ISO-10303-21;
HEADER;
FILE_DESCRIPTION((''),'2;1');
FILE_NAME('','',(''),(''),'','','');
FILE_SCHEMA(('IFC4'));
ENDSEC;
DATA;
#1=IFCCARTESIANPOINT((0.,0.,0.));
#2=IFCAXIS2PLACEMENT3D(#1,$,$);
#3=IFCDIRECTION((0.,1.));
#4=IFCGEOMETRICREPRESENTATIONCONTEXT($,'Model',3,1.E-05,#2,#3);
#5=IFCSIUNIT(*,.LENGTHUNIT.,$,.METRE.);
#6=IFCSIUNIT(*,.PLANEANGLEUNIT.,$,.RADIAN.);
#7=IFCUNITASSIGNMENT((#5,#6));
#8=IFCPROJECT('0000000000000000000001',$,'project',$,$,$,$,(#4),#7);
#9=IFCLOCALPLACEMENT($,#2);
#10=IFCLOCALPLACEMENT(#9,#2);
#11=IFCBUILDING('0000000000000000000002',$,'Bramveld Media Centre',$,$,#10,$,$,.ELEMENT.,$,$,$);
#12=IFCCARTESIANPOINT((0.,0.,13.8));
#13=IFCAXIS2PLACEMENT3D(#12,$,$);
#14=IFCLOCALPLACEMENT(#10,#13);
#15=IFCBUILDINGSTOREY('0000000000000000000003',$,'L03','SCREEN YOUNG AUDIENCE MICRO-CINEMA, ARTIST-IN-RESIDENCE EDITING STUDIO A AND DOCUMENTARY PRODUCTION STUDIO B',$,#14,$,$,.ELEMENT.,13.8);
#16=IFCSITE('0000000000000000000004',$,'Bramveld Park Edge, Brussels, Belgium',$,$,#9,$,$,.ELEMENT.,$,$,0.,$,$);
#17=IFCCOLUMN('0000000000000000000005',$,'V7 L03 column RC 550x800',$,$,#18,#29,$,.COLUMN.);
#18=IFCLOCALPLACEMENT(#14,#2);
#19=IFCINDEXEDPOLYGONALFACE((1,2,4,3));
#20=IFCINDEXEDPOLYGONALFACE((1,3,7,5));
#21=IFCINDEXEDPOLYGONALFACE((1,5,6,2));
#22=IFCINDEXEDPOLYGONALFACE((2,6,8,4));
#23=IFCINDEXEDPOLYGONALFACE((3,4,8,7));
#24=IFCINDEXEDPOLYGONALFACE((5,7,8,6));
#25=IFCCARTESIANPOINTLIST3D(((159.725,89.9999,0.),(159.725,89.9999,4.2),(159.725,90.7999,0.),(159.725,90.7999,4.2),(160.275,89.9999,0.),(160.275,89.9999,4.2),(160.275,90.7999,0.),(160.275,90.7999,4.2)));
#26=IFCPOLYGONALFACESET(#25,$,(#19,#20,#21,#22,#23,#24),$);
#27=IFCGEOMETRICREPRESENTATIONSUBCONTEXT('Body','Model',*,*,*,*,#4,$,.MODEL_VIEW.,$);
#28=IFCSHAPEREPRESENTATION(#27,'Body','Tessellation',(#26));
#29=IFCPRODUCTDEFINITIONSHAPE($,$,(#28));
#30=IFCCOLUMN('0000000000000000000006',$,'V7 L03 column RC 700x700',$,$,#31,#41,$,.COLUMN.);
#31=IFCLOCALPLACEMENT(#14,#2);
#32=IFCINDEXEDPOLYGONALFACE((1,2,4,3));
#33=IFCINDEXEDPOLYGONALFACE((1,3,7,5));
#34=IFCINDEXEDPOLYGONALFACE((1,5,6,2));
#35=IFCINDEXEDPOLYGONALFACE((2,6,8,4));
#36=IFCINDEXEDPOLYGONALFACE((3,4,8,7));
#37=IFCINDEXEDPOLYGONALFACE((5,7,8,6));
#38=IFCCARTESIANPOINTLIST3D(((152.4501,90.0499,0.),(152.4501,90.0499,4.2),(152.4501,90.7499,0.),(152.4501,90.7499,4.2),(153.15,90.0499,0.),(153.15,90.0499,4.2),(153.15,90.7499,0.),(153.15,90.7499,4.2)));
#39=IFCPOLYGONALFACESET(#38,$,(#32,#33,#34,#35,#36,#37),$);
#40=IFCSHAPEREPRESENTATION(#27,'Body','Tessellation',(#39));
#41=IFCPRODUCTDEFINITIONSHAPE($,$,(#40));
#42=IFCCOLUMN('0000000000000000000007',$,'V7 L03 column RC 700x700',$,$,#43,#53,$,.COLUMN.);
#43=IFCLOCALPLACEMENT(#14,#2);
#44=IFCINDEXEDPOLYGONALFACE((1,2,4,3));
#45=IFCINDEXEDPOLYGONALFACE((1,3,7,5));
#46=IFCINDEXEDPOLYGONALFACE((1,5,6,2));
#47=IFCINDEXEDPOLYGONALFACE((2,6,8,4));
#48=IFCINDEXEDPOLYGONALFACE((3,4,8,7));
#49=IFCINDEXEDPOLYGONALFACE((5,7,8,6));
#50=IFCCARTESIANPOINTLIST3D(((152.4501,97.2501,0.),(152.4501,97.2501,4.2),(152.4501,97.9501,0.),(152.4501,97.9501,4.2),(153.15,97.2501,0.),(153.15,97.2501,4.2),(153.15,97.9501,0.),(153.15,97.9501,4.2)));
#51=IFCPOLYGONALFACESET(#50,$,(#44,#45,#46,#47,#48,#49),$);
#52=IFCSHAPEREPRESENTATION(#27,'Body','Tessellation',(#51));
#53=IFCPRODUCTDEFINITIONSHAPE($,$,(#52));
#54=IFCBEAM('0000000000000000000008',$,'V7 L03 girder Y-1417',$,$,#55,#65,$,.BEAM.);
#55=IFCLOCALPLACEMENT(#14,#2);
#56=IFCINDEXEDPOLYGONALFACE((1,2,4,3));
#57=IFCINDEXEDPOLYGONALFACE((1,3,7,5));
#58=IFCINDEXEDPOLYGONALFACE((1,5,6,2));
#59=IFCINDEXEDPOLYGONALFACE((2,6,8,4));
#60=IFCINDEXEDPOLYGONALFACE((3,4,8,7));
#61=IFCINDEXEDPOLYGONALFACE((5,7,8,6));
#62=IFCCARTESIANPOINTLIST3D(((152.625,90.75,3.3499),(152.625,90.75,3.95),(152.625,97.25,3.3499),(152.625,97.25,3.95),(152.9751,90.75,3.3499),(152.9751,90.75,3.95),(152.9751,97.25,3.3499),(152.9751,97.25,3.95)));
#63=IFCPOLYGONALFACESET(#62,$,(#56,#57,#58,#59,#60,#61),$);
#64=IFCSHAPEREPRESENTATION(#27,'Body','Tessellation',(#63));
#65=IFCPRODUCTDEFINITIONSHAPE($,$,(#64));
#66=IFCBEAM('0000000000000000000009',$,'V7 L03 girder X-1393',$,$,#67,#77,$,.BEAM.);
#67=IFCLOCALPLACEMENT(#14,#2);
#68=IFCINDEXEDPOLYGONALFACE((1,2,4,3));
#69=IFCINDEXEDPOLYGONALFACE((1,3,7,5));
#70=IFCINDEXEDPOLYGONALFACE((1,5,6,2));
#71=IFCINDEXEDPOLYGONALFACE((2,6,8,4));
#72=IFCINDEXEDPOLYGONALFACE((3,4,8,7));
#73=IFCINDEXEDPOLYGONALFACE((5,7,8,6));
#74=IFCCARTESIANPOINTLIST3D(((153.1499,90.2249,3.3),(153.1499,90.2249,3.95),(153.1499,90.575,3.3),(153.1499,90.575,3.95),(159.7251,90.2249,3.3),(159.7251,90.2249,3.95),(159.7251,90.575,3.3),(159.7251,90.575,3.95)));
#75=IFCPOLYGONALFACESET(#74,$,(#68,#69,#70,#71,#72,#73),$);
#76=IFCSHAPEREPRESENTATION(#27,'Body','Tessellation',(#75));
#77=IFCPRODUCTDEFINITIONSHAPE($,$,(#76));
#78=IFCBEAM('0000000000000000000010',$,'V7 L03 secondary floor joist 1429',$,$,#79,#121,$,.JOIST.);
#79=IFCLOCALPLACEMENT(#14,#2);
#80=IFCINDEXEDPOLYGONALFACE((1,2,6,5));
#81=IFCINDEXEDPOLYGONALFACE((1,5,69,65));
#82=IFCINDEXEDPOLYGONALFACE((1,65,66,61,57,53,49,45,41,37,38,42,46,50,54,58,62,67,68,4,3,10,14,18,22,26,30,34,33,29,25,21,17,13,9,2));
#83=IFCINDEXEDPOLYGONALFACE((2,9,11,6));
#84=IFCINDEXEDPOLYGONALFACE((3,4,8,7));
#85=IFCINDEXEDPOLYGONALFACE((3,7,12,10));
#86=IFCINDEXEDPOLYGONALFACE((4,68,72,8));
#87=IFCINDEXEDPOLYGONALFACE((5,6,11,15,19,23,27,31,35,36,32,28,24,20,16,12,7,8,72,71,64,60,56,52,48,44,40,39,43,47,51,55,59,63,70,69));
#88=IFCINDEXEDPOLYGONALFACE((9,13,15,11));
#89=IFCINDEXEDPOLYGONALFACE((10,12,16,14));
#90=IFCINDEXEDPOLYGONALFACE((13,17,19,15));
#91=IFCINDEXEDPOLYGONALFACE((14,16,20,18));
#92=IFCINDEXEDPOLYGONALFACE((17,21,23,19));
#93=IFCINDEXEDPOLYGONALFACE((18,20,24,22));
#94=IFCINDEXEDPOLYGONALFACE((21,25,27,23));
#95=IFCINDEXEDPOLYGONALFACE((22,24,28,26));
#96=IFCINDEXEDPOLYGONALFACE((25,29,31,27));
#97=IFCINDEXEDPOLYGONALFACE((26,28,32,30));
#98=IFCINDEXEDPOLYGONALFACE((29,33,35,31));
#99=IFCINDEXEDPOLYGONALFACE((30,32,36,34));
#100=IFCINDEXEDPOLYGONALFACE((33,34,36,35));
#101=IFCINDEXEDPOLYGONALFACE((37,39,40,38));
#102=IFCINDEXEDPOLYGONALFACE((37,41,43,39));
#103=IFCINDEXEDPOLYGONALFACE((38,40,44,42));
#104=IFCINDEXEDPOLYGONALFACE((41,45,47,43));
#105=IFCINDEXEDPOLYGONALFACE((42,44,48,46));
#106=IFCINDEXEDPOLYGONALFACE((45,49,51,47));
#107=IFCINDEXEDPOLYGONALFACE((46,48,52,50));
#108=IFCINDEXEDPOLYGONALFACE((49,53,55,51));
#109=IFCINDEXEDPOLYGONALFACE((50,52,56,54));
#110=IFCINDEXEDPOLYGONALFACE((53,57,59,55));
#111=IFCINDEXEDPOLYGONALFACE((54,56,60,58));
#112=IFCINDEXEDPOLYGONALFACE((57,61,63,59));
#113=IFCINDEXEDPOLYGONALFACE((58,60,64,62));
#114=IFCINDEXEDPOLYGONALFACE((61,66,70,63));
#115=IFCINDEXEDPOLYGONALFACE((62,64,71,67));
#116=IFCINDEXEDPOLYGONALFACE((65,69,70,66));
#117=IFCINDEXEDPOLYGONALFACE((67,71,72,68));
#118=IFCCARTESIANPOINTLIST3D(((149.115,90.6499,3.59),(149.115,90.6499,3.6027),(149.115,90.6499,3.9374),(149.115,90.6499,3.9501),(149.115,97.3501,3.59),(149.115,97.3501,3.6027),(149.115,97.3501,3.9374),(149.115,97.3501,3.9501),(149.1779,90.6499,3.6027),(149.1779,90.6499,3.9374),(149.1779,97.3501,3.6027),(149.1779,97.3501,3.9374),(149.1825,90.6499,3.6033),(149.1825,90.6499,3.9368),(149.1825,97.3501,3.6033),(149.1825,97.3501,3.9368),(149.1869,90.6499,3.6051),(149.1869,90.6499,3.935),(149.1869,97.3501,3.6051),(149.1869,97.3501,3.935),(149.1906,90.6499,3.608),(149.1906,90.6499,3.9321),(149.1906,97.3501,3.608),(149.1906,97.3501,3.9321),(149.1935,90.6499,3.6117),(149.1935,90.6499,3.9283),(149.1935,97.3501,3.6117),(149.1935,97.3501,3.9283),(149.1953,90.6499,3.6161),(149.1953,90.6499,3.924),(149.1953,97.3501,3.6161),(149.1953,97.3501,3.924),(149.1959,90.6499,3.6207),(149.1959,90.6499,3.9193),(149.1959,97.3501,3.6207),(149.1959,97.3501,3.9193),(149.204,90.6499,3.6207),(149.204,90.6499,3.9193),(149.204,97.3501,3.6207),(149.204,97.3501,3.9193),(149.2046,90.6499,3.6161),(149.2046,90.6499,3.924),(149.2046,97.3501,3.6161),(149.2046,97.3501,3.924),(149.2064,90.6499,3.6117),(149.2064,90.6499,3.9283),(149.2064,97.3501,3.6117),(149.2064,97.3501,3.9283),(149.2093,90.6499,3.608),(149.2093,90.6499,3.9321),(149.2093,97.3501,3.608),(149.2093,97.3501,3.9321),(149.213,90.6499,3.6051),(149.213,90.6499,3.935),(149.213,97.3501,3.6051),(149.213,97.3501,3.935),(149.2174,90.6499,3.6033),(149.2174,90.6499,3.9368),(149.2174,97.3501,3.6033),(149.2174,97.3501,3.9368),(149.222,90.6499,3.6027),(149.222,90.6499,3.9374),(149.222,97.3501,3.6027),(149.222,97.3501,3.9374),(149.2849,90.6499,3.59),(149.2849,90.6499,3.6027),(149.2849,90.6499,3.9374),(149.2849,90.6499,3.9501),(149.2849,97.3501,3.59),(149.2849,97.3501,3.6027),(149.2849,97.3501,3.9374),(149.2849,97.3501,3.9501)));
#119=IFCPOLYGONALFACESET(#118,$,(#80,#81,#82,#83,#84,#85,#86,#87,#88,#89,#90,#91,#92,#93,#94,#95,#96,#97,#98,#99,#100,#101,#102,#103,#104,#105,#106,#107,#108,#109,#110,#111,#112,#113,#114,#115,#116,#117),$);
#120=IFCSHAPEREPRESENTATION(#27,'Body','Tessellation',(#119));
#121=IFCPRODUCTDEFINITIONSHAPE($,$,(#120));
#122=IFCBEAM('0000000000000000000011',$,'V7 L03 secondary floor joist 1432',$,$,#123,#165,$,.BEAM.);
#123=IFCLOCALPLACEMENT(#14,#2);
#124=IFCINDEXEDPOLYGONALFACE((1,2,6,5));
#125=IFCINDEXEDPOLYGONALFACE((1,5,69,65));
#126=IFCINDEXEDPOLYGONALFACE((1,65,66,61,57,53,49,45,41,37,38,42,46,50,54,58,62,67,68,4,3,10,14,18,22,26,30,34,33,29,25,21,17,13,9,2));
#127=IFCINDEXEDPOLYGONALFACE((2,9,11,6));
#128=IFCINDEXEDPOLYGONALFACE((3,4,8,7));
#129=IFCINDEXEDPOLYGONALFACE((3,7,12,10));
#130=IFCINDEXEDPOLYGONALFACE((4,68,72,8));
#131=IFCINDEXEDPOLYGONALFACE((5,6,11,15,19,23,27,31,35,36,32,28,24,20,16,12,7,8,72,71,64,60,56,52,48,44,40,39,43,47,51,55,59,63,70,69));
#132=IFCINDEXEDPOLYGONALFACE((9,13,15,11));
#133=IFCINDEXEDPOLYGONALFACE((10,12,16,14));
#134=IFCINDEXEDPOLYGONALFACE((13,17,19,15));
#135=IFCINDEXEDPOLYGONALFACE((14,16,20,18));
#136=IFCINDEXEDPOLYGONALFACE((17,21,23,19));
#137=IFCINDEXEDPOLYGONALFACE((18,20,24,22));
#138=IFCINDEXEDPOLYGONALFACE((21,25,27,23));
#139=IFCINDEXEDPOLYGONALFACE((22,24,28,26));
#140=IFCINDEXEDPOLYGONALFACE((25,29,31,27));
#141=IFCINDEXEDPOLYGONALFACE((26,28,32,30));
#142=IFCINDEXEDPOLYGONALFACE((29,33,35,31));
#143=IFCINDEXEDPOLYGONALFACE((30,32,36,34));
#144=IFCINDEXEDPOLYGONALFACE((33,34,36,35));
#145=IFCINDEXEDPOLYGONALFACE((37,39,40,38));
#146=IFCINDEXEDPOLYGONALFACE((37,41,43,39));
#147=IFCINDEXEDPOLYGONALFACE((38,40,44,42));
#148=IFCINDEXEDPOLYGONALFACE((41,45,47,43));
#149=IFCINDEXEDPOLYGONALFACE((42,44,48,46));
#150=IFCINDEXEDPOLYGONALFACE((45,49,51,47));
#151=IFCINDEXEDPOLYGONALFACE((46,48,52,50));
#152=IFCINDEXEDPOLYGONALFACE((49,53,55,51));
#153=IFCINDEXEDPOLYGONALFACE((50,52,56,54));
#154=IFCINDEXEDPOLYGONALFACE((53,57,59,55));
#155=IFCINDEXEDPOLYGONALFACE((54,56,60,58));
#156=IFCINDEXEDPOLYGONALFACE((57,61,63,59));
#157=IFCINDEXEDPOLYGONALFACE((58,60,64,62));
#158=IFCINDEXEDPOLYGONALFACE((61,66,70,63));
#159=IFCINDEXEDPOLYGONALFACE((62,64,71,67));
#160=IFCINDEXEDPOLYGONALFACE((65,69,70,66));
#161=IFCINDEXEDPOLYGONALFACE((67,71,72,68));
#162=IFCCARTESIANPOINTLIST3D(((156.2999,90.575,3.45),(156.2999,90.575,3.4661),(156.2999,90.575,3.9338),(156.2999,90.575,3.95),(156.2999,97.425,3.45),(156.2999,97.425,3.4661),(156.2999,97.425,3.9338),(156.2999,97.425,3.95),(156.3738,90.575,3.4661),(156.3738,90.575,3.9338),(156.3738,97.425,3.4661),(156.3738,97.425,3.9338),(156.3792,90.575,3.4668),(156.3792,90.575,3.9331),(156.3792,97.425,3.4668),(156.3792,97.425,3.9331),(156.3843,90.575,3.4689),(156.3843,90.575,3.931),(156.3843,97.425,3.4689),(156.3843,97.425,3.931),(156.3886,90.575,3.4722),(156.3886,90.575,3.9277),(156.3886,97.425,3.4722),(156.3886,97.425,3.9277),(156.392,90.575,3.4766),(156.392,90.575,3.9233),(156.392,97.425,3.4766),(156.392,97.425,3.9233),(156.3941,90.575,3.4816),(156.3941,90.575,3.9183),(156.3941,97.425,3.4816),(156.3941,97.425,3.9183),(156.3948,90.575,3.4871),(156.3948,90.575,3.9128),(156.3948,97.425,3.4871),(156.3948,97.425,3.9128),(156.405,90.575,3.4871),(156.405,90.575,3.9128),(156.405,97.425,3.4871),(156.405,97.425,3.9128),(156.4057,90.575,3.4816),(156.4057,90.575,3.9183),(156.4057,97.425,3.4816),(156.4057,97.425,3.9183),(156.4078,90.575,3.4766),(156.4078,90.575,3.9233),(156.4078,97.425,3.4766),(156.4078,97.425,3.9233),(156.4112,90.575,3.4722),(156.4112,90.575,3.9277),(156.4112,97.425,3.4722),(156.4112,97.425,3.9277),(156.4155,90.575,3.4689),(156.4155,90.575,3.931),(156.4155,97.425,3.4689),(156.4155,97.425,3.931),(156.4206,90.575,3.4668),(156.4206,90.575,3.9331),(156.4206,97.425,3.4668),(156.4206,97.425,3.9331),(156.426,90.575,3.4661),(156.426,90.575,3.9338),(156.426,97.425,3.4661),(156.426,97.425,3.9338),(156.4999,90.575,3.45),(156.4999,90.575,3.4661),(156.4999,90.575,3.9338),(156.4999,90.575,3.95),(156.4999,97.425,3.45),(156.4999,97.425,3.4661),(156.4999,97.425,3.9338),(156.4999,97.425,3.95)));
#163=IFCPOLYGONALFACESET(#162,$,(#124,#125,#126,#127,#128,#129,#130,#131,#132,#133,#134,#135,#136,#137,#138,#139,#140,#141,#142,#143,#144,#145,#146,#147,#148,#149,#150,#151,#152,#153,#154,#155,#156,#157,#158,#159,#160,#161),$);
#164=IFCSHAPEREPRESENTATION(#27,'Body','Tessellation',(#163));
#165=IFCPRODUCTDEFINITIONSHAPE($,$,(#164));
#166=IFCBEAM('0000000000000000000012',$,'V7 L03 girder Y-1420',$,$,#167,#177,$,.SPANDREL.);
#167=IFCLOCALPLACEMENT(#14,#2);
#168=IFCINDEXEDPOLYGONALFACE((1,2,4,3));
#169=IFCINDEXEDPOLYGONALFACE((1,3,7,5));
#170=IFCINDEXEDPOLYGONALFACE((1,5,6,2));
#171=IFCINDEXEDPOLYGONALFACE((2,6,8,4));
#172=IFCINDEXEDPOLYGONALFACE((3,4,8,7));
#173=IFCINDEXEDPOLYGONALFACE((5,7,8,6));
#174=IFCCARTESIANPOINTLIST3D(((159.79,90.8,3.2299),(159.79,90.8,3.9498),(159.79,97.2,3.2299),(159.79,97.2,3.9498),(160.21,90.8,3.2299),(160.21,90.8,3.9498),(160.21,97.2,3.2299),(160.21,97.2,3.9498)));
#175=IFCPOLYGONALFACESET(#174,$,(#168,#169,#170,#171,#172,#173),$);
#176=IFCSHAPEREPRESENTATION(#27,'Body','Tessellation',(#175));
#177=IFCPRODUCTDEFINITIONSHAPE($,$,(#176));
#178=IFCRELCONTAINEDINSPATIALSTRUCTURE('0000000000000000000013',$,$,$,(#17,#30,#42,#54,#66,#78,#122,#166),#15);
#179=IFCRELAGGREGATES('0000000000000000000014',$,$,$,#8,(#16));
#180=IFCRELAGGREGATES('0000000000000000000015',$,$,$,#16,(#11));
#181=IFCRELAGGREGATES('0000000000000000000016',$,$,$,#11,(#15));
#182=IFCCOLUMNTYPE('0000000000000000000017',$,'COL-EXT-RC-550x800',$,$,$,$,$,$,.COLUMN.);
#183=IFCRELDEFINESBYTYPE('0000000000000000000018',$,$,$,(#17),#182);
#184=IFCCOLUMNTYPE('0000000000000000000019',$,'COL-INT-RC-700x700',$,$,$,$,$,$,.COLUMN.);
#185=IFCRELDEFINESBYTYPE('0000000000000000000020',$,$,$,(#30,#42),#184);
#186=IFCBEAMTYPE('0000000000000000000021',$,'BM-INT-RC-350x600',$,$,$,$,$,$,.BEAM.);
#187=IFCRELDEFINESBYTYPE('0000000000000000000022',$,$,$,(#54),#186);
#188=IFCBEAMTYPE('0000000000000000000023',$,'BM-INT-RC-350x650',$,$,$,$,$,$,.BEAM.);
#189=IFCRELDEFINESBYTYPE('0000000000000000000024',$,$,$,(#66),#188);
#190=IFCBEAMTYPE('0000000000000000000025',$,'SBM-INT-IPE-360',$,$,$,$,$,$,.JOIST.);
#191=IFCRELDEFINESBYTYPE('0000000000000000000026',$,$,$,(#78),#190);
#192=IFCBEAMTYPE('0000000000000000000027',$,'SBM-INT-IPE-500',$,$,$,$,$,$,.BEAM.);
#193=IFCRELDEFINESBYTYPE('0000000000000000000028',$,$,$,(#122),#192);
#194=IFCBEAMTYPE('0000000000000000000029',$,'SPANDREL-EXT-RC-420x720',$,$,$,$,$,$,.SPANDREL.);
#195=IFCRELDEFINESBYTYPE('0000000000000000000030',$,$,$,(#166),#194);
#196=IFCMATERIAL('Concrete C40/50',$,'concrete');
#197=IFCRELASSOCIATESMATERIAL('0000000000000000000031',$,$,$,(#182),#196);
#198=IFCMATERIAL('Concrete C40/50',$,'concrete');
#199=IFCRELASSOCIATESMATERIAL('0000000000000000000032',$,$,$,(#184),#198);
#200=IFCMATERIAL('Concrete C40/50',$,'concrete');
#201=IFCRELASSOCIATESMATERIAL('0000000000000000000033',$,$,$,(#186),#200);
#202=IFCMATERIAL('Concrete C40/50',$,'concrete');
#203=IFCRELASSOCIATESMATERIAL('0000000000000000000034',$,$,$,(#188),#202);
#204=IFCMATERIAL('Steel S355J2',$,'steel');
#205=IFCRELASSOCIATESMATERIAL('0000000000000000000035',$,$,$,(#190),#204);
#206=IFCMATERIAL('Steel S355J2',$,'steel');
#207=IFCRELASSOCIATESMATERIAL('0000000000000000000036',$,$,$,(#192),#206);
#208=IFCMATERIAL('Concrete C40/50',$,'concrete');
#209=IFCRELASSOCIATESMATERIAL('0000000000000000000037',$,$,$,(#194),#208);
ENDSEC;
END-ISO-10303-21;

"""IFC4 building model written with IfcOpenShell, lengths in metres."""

from ifc_helpers import new_model, si_unit, direction, frame, origin, origin_2d, place, context, subcontext, project, spatial, rectangle, i_section, extrude, material, material_profile, profile_set, type_object, element, save


model = new_model("IFC4")

# Units and contexts
model_context = context("Model", 3, precision=1e-05, world=origin(), true_north=direction((0.0, 1.0)))
body_context = subcontext(model_context, "Body", "Model", "MODEL_VIEW")
ifc_project = project(units=[si_unit("LENGTHUNIT", "METRE"), si_unit("PLANEANGLEUNIT", "RADIAN")], contexts=[model_context])

# Site, building, storey
site_placement = place(None, origin())
site = spatial("IfcSite", under=ifc_project, at=site_placement, Name="Bramveld Park Edge, Brussels, Belgium", CompositionType="ELEMENT", RefElevation=0.0)
building_placement = place(site_placement, origin())
building = spatial("IfcBuilding", under=site, at=building_placement, Name="Bramveld Media Centre", CompositionType="ELEMENT")
storey_placement = place(building_placement, frame((0.0, 0.0, 13.8)))
storey = spatial("IfcBuildingStorey", under=building, at=storey_placement, Name="L03", Description="SCREEN YOUNG AUDIENCE MICRO-CINEMA, ARTIST-IN-RESIDENCE EDITING STUDIO A AND DOCUMENTARY PRODUCTION STUDIO B", CompositionType="ELEMENT", Elevation=13.8)

# Columns
ifc_material_1 = material(Name="Concrete C40/50", Category="concrete")
ifc_material_profile_1 = material_profile(ifc_material_1, rectangle(XDim=0.55, YDim=0.8, at=origin_2d()), Name="RC 550x800")
ifc_profile_set_1 = profile_set([ifc_material_profile_1], Name="Concrete C40/50")
column_type_1 = type_object("IfcColumnType", Name="COL-EXT-RC-550x800", PredefinedType="COLUMN", material=ifc_profile_set_1)
column_placement = place(storey_placement, frame((160.0, 90.3999, 0.0), z_axis=(0.0, 0.0, 1.0), x_axis=(1.0, 0.0, 0.0)))
element("IfcColumn", 1, at=column_placement, inside=storey, type_object=column_type_1, Name="V7 L03 column RC 550x800", PredefinedType="COLUMN", context=body_context, shape_type="SweptSolid", body=[
    extrude(rectangle(XDim=0.55, YDim=0.8, at=origin_2d()), origin(), (0.0, 0.0, 1.0), 4.2),
])
ifc_material_2 = material(Name="Concrete C40/50", Category="concrete")
ifc_material_profile_2 = material_profile(ifc_material_2, rectangle(XDim=0.7, YDim=0.7, at=origin_2d()), Name="RC 700x700")
ifc_profile_set_2 = profile_set([ifc_material_profile_2], Name="Concrete C40/50")
column_type_2 = type_object("IfcColumnType", Name="COL-INT-RC-700x700", PredefinedType="COLUMN", material=ifc_profile_set_2)
for number, where, z_axis, x_axis, name in (
    (2, (152.8, 90.3999, 0.0), (0.0, 0.0, 1.0), (1.0, 0.0, 0.0), "V7 L03 column RC 700x700"),
    (3, (152.8, 97.6001, 0.0), (0.0, 0.0, 1.0), (1.0, 0.0, 0.0), "V7 L03 column RC 700x700"),
):
    element("IfcColumn", number, at=place(storey_placement, frame(where, z_axis=z_axis, x_axis=x_axis)), inside=storey, type_object=column_type_2, Name=name, PredefinedType="COLUMN", context=body_context, shape_type="SweptSolid", body=[
        extrude(rectangle(XDim=0.7, YDim=0.7, at=origin_2d()), origin(), (0.0, 0.0, 1.0), 4.2),
    ])

# Beams
ifc_material_3 = material(Name="Concrete C40/50", Category="concrete")
ifc_material_profile_3 = material_profile(ifc_material_3, rectangle(XDim=0.3501, YDim=0.6001, at=origin_2d()), Name="RC 350x600")
ifc_profile_set_3 = profile_set([ifc_material_profile_3], Name="Concrete C40/50")
beam_type_1 = type_object("IfcBeamType", Name="BM-INT-RC-350x600", PredefinedType="BEAM", material=ifc_profile_set_3)
beam_1_placement = place(storey_placement, frame((152.8, 90.75, 3.6499), z_axis=(0.0, 1.0, 0.0), x_axis=(-1.0, 0.0, 0.0)))
element("IfcBeam", 4, at=beam_1_placement, inside=storey, type_object=beam_type_1, Name="V7 L03 girder Y-1417", PredefinedType="BEAM", context=body_context, shape_type="SweptSolid", body=[
    extrude(rectangle(XDim=0.3501, YDim=0.6001, at=origin_2d()), origin(), (0.0, 0.0, 1.0), 6.5),
])
ifc_material_4 = material(Name="Concrete C40/50", Category="concrete")
ifc_material_profile_4 = material_profile(ifc_material_4, rectangle(XDim=0.3501, YDim=0.6499, at=origin_2d()), Name="RC 350x650")
ifc_profile_set_4 = profile_set([ifc_material_profile_4], Name="Concrete C40/50")
beam_type_2 = type_object("IfcBeamType", Name="BM-INT-RC-350x650", PredefinedType="BEAM", material=ifc_profile_set_4)
beam_2_placement = place(storey_placement, frame((153.1499, 90.3999, 3.625), z_axis=(1.0, 0.0, 0.0), x_axis=(0.0, 1.0, 0.0)))
element("IfcBeam", 5, at=beam_2_placement, inside=storey, type_object=beam_type_2, Name="V7 L03 girder X-1393", PredefinedType="BEAM", context=body_context, shape_type="SweptSolid", body=[
    extrude(rectangle(XDim=0.3501, YDim=0.6499, at=origin_2d()), origin(), (0.0, 0.0, 1.0), 6.5752),
])
ifc_material_5 = material(Name="Steel S355J2", Category="steel")
ifc_material_profile_5 = material_profile(ifc_material_5, i_section(OverallWidth=0.1699, OverallDepth=0.3601, WebThickness=0.0081, FlangeThickness=0.0127, FilletRadius=0.0181, at=origin_2d()), Name="IPE 360")
ifc_profile_set_5 = profile_set([ifc_material_profile_5], Name="Steel S355J2")
beam_type_3 = type_object("IfcBeamType", Name="SBM-INT-IPE-360", PredefinedType="JOIST", material=ifc_profile_set_5)
beam_3_placement = place(storey_placement, frame((149.2, 90.6499, 3.77), z_axis=(0.0, 1.0, 0.0), x_axis=(-1.0, 0.0, 0.0)))
element("IfcBeam", 6, at=beam_3_placement, inside=storey, type_object=beam_type_3, Name="V7 L03 secondary floor joist 1429", PredefinedType="JOIST", context=body_context, shape_type="SweptSolid", body=[
    extrude(i_section(OverallWidth=0.1699, OverallDepth=0.3601, WebThickness=0.0081, FlangeThickness=0.0127, FilletRadius=0.0181, at=origin_2d()), origin(), (0.0, 0.0, 1.0), 6.7002),
])
ifc_material_6 = material(Name="Steel S355J2", Category="steel")
ifc_material_profile_6 = material_profile(ifc_material_6, i_section(OverallWidth=0.2, OverallDepth=0.5, WebThickness=0.0103, FlangeThickness=0.0161, FilletRadius=0.021, at=origin_2d()), Name="IPE 500")
ifc_profile_set_6 = profile_set([ifc_material_profile_6], Name="Steel S355J2")
beam_type_4 = type_object("IfcBeamType", Name="SBM-INT-IPE-500", PredefinedType="BEAM", material=ifc_profile_set_6)
beam_4_placement = place(storey_placement, frame((156.3999, 90.575, 3.7), z_axis=(0.0, 1.0, 0.0), x_axis=(-1.0, 0.0, 0.0)))
element("IfcBeam", 7, at=beam_4_placement, inside=storey, type_object=beam_type_4, Name="V7 L03 secondary floor joist 1432", PredefinedType="BEAM", context=body_context, shape_type="SweptSolid", body=[
    extrude(i_section(OverallWidth=0.2, OverallDepth=0.5, WebThickness=0.0103, FlangeThickness=0.0161, FilletRadius=0.021, at=origin_2d()), origin(), (0.0, 0.0, 1.0), 6.8501),
])
ifc_material_7 = material(Name="Concrete C40/50", Category="concrete")
ifc_material_profile_7 = material_profile(ifc_material_7, rectangle(XDim=0.4199, YDim=0.72, at=origin_2d()), Name="RC 420x720")
ifc_profile_set_7 = profile_set([ifc_material_profile_7], Name="Concrete C40/50")
beam_type_5 = type_object("IfcBeamType", Name="SPANDREL-EXT-RC-420x720", PredefinedType="SPANDREL", material=ifc_profile_set_7)
beam_5_placement = place(storey_placement, frame((160.0, 90.8, 3.5898), z_axis=(0.0, 1.0, 0.0), x_axis=(-1.0, 0.0, 0.0)))
element("IfcBeam", 8, at=beam_5_placement, inside=storey, type_object=beam_type_5, Name="V7 L03 girder Y-1420", PredefinedType="SPANDREL", context=body_context, shape_type="SweptSolid", body=[
    extrude(rectangle(XDim=0.4199, YDim=0.72, at=origin_2d()), origin(), (0.0, 0.0, 1.0), 6.3999),
])

save(model, "model.ifc")
